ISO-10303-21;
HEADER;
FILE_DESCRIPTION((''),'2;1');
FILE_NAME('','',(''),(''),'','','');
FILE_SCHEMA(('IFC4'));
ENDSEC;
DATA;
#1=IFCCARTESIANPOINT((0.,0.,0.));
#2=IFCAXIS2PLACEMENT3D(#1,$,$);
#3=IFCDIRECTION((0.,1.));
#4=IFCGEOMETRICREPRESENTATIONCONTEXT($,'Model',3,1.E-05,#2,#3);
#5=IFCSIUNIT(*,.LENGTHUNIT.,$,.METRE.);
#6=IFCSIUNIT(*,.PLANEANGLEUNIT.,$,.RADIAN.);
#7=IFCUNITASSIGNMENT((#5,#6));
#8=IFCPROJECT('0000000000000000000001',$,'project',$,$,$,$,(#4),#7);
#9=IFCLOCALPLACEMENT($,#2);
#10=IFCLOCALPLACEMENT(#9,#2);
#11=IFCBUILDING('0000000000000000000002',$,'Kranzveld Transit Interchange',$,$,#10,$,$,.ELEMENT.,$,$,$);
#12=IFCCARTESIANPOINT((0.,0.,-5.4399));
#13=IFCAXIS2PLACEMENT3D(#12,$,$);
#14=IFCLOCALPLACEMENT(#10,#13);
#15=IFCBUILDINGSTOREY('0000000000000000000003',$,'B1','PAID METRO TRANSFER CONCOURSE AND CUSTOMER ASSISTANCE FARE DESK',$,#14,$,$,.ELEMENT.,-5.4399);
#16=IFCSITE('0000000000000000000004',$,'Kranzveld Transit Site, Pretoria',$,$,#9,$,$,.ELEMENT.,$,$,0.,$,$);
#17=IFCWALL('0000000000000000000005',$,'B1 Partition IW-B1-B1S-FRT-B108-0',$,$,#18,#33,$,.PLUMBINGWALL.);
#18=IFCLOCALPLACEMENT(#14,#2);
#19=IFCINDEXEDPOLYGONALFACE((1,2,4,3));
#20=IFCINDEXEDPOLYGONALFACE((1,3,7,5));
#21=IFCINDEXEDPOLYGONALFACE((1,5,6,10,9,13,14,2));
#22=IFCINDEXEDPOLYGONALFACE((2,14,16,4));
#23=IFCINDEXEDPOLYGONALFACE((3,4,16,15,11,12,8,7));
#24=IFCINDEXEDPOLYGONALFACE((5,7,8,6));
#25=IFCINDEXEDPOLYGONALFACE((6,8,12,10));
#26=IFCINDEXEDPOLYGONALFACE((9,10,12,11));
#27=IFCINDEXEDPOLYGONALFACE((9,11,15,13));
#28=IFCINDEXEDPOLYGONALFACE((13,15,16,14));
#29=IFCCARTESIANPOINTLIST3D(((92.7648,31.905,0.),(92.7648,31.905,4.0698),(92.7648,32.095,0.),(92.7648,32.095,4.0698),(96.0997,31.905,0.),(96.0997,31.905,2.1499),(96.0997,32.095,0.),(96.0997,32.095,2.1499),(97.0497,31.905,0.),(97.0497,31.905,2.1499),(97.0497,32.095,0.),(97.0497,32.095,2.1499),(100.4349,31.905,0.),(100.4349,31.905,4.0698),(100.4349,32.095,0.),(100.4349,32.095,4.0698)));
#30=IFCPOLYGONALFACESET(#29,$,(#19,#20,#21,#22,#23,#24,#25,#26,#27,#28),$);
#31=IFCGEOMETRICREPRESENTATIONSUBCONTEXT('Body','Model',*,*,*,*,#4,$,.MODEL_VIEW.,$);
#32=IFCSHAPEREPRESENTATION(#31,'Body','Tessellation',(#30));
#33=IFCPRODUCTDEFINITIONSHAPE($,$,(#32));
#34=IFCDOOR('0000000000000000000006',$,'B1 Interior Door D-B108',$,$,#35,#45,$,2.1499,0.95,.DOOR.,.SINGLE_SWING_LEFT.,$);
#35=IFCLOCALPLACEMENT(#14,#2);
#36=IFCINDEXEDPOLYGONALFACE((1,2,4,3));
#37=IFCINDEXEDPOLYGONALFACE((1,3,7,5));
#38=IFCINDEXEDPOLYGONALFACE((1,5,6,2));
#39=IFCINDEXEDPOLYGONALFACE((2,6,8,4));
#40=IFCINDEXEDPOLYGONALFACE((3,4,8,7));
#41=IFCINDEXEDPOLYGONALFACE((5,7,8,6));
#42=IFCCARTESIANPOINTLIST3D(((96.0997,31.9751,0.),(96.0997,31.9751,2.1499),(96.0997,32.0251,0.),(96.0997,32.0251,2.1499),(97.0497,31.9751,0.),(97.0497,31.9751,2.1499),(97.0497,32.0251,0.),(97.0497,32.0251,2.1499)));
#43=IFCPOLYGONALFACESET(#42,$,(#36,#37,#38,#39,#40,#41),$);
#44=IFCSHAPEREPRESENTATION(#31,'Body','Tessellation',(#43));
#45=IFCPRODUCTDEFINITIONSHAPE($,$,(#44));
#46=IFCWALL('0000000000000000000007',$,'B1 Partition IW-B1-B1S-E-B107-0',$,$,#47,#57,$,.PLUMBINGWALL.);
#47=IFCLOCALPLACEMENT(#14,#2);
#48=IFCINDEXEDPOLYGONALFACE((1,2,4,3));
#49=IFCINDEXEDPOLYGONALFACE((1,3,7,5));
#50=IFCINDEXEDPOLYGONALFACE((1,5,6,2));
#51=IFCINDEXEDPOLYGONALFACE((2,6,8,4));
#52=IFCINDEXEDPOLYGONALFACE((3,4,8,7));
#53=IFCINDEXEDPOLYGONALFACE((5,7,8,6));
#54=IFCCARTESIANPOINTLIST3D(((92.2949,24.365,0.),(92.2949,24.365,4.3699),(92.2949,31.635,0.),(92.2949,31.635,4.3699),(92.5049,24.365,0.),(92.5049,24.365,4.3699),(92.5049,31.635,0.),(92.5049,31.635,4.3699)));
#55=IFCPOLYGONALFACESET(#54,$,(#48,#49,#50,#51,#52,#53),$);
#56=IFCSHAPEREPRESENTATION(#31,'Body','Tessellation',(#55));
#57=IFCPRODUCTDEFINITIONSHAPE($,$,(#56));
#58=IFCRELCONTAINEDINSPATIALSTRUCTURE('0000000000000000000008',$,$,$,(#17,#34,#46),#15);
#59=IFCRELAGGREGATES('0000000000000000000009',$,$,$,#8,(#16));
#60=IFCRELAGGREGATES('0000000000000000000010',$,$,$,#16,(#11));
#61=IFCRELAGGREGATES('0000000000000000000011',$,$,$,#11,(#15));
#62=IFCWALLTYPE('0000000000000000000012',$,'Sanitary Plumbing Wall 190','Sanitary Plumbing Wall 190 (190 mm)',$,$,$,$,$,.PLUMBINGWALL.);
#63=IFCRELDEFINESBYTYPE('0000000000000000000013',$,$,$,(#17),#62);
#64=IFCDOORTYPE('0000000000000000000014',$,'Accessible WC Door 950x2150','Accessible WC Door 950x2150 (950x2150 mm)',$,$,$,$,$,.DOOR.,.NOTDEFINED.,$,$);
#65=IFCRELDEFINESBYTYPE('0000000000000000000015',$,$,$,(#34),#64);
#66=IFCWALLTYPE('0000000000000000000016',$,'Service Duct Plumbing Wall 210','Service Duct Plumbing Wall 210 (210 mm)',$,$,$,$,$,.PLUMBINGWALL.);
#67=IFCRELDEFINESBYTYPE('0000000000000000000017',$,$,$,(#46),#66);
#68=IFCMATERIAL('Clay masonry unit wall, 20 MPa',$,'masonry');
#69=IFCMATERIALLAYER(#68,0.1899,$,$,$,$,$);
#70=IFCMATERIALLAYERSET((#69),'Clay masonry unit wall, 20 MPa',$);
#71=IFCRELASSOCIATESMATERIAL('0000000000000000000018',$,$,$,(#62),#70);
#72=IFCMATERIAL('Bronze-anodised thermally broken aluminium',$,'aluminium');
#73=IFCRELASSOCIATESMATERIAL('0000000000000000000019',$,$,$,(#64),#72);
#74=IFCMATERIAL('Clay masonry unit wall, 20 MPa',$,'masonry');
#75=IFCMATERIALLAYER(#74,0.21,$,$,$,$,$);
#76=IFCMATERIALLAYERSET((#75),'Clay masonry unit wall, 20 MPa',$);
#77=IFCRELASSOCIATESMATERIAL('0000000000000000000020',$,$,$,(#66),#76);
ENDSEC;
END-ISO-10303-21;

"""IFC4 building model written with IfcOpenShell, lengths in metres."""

from ifc_helpers import new_model, si_unit, direction, frame, frame_2d, origin, place, context, subcontext, project, spatial, rectangle, extrude, material, layer, layer_set, type_object, element, fill, save


model = new_model("IFC4")

# Units and contexts
model_context = context("Model", 3, precision=1e-05, world=origin(), true_north=direction((0.0, 1.0)))
body_context = subcontext(model_context, "Body", "Model", "MODEL_VIEW")
ifc_project = project(units=[si_unit("LENGTHUNIT", "METRE"), si_unit("PLANEANGLEUNIT", "RADIAN")], contexts=[model_context])

# Site, building, storey
site_placement = place(None, origin())
site = spatial("IfcSite", under=ifc_project, at=site_placement, Name="Kranzveld Transit Site, Pretoria", CompositionType="ELEMENT", RefElevation=0.0)
building_placement = place(site_placement, origin())
building = spatial("IfcBuilding", under=site, at=building_placement, Name="Kranzveld Transit Interchange", CompositionType="ELEMENT")
storey_placement = place(building_placement, frame((0.0, 0.0, -5.4399)))
storey = spatial("IfcBuildingStorey", under=building, at=storey_placement, Name="B1", Description="PAID METRO TRANSFER CONCOURSE AND CUSTOMER ASSISTANCE FARE DESK", CompositionType="ELEMENT", Elevation=-5.4399)

# Wall, opening, door
ifc_material_1 = material(Name="Clay masonry unit wall, 20 MPa", Category="masonry")
ifc_layer_1 = layer(ifc_material_1, 0.1899)
ifc_layer_set_1 = layer_set([ifc_layer_1], Name="Clay masonry unit wall, 20 MPa")
wall_type_1 = type_object("IfcWallType", Name="Sanitary Plumbing Wall 190", Description="Sanitary Plumbing Wall 190 (190 mm)", PredefinedType="PLUMBINGWALL", material=ifc_layer_set_1)
wall_1_placement = place(storey_placement, frame((92.7649, 32.0, 0.0), z_axis=(0.0, 0.0, 1.0), x_axis=(1.0, 0.0, 0.0)))
wall_1 = element("IfcWall", 1, at=wall_1_placement, inside=storey, type_object=wall_type_1, Name="B1 Partition IW-B1-B1S-FRT-B108-0", PredefinedType="PLUMBINGWALL", context=body_context, shape_type="SweptSolid", body=[
    extrude(rectangle(XDim=7.6702, YDim=0.1899, at=frame_2d((3.835, 0.0))), origin(), (0.0, 0.0, 1.0), 4.0698),
])
opening_placement = place(wall_1_placement, frame((4.2849, 0.0, 0.0), z_axis=(0.0, 0.0, 1.0), x_axis=(-1.0, 0.0, 0.0)))
opening = element("IfcOpeningElement", 2, at=opening_placement, cuts=wall_1, PredefinedType="OPENING", context=body_context, shape_type="SweptSolid", body=[
    extrude(rectangle(XDim=0.95, YDim=2.1499, at=frame_2d((0.4751, 1.075))), frame((0.0, 0.105, 0.0), z_axis=(0.0, -1.0, 0.0), x_axis=(1.0, 0.0, 0.0)), (0.0, 0.0, 1.0), 0.21),
])
ifc_material_2 = material(Name="Bronze-anodised thermally broken aluminium", Category="aluminium")
door_type = type_object("IfcDoorType", Name="Accessible WC Door 950x2150", Description="Accessible WC Door 950x2150 (950x2150 mm)", OperationType="NOTDEFINED", PredefinedType="DOOR", material=ifc_material_2)
door_placement = place(opening_placement, origin())
door = element("IfcDoor", 3, at=door_placement, inside=storey, type_object=door_type, Name="B1 Interior Door D-B108", OperationType="SINGLE_SWING_LEFT", OverallHeight=2.1499, OverallWidth=0.95, PredefinedType="DOOR", context=body_context, shape_type="SweptSolid", body=[
    extrude(rectangle(XDim=0.95, YDim=2.1499, at=frame_2d((0.4751, 1.075))), frame((0.0, 0.0249, 0.0), z_axis=(0.0, -1.0, 0.0), x_axis=(1.0, 0.0, 0.0)), (0.0, 0.0, 1.0), 0.05),
])
fill(opening, door)

# Wall
ifc_material_3 = material(Name="Clay masonry unit wall, 20 MPa", Category="masonry")
ifc_layer_2 = layer(ifc_material_3, 0.21)
ifc_layer_set_2 = layer_set([ifc_layer_2], Name="Clay masonry unit wall, 20 MPa")
wall_type_2 = type_object("IfcWallType", Name="Service Duct Plumbing Wall 210", Description="Service Duct Plumbing Wall 210 (210 mm)", PredefinedType="PLUMBINGWALL", material=ifc_layer_set_2)
wall_2_placement = place(storey_placement, frame((92.3999, 24.365, 0.0), z_axis=(0.0, 0.0, 1.0), x_axis=(0.0, 1.0, 0.0)))
element("IfcWall", 4, at=wall_2_placement, inside=storey, type_object=wall_type_2, Name="B1 Partition IW-B1-B1S-E-B107-0", PredefinedType="PLUMBINGWALL", context=body_context, shape_type="SweptSolid", body=[
    extrude(rectangle(XDim=7.27, YDim=0.21, at=frame_2d((3.635, 0.0))), origin(), (0.0, 0.0, 1.0), 4.3699),
])

save(model, "model.ifc")
